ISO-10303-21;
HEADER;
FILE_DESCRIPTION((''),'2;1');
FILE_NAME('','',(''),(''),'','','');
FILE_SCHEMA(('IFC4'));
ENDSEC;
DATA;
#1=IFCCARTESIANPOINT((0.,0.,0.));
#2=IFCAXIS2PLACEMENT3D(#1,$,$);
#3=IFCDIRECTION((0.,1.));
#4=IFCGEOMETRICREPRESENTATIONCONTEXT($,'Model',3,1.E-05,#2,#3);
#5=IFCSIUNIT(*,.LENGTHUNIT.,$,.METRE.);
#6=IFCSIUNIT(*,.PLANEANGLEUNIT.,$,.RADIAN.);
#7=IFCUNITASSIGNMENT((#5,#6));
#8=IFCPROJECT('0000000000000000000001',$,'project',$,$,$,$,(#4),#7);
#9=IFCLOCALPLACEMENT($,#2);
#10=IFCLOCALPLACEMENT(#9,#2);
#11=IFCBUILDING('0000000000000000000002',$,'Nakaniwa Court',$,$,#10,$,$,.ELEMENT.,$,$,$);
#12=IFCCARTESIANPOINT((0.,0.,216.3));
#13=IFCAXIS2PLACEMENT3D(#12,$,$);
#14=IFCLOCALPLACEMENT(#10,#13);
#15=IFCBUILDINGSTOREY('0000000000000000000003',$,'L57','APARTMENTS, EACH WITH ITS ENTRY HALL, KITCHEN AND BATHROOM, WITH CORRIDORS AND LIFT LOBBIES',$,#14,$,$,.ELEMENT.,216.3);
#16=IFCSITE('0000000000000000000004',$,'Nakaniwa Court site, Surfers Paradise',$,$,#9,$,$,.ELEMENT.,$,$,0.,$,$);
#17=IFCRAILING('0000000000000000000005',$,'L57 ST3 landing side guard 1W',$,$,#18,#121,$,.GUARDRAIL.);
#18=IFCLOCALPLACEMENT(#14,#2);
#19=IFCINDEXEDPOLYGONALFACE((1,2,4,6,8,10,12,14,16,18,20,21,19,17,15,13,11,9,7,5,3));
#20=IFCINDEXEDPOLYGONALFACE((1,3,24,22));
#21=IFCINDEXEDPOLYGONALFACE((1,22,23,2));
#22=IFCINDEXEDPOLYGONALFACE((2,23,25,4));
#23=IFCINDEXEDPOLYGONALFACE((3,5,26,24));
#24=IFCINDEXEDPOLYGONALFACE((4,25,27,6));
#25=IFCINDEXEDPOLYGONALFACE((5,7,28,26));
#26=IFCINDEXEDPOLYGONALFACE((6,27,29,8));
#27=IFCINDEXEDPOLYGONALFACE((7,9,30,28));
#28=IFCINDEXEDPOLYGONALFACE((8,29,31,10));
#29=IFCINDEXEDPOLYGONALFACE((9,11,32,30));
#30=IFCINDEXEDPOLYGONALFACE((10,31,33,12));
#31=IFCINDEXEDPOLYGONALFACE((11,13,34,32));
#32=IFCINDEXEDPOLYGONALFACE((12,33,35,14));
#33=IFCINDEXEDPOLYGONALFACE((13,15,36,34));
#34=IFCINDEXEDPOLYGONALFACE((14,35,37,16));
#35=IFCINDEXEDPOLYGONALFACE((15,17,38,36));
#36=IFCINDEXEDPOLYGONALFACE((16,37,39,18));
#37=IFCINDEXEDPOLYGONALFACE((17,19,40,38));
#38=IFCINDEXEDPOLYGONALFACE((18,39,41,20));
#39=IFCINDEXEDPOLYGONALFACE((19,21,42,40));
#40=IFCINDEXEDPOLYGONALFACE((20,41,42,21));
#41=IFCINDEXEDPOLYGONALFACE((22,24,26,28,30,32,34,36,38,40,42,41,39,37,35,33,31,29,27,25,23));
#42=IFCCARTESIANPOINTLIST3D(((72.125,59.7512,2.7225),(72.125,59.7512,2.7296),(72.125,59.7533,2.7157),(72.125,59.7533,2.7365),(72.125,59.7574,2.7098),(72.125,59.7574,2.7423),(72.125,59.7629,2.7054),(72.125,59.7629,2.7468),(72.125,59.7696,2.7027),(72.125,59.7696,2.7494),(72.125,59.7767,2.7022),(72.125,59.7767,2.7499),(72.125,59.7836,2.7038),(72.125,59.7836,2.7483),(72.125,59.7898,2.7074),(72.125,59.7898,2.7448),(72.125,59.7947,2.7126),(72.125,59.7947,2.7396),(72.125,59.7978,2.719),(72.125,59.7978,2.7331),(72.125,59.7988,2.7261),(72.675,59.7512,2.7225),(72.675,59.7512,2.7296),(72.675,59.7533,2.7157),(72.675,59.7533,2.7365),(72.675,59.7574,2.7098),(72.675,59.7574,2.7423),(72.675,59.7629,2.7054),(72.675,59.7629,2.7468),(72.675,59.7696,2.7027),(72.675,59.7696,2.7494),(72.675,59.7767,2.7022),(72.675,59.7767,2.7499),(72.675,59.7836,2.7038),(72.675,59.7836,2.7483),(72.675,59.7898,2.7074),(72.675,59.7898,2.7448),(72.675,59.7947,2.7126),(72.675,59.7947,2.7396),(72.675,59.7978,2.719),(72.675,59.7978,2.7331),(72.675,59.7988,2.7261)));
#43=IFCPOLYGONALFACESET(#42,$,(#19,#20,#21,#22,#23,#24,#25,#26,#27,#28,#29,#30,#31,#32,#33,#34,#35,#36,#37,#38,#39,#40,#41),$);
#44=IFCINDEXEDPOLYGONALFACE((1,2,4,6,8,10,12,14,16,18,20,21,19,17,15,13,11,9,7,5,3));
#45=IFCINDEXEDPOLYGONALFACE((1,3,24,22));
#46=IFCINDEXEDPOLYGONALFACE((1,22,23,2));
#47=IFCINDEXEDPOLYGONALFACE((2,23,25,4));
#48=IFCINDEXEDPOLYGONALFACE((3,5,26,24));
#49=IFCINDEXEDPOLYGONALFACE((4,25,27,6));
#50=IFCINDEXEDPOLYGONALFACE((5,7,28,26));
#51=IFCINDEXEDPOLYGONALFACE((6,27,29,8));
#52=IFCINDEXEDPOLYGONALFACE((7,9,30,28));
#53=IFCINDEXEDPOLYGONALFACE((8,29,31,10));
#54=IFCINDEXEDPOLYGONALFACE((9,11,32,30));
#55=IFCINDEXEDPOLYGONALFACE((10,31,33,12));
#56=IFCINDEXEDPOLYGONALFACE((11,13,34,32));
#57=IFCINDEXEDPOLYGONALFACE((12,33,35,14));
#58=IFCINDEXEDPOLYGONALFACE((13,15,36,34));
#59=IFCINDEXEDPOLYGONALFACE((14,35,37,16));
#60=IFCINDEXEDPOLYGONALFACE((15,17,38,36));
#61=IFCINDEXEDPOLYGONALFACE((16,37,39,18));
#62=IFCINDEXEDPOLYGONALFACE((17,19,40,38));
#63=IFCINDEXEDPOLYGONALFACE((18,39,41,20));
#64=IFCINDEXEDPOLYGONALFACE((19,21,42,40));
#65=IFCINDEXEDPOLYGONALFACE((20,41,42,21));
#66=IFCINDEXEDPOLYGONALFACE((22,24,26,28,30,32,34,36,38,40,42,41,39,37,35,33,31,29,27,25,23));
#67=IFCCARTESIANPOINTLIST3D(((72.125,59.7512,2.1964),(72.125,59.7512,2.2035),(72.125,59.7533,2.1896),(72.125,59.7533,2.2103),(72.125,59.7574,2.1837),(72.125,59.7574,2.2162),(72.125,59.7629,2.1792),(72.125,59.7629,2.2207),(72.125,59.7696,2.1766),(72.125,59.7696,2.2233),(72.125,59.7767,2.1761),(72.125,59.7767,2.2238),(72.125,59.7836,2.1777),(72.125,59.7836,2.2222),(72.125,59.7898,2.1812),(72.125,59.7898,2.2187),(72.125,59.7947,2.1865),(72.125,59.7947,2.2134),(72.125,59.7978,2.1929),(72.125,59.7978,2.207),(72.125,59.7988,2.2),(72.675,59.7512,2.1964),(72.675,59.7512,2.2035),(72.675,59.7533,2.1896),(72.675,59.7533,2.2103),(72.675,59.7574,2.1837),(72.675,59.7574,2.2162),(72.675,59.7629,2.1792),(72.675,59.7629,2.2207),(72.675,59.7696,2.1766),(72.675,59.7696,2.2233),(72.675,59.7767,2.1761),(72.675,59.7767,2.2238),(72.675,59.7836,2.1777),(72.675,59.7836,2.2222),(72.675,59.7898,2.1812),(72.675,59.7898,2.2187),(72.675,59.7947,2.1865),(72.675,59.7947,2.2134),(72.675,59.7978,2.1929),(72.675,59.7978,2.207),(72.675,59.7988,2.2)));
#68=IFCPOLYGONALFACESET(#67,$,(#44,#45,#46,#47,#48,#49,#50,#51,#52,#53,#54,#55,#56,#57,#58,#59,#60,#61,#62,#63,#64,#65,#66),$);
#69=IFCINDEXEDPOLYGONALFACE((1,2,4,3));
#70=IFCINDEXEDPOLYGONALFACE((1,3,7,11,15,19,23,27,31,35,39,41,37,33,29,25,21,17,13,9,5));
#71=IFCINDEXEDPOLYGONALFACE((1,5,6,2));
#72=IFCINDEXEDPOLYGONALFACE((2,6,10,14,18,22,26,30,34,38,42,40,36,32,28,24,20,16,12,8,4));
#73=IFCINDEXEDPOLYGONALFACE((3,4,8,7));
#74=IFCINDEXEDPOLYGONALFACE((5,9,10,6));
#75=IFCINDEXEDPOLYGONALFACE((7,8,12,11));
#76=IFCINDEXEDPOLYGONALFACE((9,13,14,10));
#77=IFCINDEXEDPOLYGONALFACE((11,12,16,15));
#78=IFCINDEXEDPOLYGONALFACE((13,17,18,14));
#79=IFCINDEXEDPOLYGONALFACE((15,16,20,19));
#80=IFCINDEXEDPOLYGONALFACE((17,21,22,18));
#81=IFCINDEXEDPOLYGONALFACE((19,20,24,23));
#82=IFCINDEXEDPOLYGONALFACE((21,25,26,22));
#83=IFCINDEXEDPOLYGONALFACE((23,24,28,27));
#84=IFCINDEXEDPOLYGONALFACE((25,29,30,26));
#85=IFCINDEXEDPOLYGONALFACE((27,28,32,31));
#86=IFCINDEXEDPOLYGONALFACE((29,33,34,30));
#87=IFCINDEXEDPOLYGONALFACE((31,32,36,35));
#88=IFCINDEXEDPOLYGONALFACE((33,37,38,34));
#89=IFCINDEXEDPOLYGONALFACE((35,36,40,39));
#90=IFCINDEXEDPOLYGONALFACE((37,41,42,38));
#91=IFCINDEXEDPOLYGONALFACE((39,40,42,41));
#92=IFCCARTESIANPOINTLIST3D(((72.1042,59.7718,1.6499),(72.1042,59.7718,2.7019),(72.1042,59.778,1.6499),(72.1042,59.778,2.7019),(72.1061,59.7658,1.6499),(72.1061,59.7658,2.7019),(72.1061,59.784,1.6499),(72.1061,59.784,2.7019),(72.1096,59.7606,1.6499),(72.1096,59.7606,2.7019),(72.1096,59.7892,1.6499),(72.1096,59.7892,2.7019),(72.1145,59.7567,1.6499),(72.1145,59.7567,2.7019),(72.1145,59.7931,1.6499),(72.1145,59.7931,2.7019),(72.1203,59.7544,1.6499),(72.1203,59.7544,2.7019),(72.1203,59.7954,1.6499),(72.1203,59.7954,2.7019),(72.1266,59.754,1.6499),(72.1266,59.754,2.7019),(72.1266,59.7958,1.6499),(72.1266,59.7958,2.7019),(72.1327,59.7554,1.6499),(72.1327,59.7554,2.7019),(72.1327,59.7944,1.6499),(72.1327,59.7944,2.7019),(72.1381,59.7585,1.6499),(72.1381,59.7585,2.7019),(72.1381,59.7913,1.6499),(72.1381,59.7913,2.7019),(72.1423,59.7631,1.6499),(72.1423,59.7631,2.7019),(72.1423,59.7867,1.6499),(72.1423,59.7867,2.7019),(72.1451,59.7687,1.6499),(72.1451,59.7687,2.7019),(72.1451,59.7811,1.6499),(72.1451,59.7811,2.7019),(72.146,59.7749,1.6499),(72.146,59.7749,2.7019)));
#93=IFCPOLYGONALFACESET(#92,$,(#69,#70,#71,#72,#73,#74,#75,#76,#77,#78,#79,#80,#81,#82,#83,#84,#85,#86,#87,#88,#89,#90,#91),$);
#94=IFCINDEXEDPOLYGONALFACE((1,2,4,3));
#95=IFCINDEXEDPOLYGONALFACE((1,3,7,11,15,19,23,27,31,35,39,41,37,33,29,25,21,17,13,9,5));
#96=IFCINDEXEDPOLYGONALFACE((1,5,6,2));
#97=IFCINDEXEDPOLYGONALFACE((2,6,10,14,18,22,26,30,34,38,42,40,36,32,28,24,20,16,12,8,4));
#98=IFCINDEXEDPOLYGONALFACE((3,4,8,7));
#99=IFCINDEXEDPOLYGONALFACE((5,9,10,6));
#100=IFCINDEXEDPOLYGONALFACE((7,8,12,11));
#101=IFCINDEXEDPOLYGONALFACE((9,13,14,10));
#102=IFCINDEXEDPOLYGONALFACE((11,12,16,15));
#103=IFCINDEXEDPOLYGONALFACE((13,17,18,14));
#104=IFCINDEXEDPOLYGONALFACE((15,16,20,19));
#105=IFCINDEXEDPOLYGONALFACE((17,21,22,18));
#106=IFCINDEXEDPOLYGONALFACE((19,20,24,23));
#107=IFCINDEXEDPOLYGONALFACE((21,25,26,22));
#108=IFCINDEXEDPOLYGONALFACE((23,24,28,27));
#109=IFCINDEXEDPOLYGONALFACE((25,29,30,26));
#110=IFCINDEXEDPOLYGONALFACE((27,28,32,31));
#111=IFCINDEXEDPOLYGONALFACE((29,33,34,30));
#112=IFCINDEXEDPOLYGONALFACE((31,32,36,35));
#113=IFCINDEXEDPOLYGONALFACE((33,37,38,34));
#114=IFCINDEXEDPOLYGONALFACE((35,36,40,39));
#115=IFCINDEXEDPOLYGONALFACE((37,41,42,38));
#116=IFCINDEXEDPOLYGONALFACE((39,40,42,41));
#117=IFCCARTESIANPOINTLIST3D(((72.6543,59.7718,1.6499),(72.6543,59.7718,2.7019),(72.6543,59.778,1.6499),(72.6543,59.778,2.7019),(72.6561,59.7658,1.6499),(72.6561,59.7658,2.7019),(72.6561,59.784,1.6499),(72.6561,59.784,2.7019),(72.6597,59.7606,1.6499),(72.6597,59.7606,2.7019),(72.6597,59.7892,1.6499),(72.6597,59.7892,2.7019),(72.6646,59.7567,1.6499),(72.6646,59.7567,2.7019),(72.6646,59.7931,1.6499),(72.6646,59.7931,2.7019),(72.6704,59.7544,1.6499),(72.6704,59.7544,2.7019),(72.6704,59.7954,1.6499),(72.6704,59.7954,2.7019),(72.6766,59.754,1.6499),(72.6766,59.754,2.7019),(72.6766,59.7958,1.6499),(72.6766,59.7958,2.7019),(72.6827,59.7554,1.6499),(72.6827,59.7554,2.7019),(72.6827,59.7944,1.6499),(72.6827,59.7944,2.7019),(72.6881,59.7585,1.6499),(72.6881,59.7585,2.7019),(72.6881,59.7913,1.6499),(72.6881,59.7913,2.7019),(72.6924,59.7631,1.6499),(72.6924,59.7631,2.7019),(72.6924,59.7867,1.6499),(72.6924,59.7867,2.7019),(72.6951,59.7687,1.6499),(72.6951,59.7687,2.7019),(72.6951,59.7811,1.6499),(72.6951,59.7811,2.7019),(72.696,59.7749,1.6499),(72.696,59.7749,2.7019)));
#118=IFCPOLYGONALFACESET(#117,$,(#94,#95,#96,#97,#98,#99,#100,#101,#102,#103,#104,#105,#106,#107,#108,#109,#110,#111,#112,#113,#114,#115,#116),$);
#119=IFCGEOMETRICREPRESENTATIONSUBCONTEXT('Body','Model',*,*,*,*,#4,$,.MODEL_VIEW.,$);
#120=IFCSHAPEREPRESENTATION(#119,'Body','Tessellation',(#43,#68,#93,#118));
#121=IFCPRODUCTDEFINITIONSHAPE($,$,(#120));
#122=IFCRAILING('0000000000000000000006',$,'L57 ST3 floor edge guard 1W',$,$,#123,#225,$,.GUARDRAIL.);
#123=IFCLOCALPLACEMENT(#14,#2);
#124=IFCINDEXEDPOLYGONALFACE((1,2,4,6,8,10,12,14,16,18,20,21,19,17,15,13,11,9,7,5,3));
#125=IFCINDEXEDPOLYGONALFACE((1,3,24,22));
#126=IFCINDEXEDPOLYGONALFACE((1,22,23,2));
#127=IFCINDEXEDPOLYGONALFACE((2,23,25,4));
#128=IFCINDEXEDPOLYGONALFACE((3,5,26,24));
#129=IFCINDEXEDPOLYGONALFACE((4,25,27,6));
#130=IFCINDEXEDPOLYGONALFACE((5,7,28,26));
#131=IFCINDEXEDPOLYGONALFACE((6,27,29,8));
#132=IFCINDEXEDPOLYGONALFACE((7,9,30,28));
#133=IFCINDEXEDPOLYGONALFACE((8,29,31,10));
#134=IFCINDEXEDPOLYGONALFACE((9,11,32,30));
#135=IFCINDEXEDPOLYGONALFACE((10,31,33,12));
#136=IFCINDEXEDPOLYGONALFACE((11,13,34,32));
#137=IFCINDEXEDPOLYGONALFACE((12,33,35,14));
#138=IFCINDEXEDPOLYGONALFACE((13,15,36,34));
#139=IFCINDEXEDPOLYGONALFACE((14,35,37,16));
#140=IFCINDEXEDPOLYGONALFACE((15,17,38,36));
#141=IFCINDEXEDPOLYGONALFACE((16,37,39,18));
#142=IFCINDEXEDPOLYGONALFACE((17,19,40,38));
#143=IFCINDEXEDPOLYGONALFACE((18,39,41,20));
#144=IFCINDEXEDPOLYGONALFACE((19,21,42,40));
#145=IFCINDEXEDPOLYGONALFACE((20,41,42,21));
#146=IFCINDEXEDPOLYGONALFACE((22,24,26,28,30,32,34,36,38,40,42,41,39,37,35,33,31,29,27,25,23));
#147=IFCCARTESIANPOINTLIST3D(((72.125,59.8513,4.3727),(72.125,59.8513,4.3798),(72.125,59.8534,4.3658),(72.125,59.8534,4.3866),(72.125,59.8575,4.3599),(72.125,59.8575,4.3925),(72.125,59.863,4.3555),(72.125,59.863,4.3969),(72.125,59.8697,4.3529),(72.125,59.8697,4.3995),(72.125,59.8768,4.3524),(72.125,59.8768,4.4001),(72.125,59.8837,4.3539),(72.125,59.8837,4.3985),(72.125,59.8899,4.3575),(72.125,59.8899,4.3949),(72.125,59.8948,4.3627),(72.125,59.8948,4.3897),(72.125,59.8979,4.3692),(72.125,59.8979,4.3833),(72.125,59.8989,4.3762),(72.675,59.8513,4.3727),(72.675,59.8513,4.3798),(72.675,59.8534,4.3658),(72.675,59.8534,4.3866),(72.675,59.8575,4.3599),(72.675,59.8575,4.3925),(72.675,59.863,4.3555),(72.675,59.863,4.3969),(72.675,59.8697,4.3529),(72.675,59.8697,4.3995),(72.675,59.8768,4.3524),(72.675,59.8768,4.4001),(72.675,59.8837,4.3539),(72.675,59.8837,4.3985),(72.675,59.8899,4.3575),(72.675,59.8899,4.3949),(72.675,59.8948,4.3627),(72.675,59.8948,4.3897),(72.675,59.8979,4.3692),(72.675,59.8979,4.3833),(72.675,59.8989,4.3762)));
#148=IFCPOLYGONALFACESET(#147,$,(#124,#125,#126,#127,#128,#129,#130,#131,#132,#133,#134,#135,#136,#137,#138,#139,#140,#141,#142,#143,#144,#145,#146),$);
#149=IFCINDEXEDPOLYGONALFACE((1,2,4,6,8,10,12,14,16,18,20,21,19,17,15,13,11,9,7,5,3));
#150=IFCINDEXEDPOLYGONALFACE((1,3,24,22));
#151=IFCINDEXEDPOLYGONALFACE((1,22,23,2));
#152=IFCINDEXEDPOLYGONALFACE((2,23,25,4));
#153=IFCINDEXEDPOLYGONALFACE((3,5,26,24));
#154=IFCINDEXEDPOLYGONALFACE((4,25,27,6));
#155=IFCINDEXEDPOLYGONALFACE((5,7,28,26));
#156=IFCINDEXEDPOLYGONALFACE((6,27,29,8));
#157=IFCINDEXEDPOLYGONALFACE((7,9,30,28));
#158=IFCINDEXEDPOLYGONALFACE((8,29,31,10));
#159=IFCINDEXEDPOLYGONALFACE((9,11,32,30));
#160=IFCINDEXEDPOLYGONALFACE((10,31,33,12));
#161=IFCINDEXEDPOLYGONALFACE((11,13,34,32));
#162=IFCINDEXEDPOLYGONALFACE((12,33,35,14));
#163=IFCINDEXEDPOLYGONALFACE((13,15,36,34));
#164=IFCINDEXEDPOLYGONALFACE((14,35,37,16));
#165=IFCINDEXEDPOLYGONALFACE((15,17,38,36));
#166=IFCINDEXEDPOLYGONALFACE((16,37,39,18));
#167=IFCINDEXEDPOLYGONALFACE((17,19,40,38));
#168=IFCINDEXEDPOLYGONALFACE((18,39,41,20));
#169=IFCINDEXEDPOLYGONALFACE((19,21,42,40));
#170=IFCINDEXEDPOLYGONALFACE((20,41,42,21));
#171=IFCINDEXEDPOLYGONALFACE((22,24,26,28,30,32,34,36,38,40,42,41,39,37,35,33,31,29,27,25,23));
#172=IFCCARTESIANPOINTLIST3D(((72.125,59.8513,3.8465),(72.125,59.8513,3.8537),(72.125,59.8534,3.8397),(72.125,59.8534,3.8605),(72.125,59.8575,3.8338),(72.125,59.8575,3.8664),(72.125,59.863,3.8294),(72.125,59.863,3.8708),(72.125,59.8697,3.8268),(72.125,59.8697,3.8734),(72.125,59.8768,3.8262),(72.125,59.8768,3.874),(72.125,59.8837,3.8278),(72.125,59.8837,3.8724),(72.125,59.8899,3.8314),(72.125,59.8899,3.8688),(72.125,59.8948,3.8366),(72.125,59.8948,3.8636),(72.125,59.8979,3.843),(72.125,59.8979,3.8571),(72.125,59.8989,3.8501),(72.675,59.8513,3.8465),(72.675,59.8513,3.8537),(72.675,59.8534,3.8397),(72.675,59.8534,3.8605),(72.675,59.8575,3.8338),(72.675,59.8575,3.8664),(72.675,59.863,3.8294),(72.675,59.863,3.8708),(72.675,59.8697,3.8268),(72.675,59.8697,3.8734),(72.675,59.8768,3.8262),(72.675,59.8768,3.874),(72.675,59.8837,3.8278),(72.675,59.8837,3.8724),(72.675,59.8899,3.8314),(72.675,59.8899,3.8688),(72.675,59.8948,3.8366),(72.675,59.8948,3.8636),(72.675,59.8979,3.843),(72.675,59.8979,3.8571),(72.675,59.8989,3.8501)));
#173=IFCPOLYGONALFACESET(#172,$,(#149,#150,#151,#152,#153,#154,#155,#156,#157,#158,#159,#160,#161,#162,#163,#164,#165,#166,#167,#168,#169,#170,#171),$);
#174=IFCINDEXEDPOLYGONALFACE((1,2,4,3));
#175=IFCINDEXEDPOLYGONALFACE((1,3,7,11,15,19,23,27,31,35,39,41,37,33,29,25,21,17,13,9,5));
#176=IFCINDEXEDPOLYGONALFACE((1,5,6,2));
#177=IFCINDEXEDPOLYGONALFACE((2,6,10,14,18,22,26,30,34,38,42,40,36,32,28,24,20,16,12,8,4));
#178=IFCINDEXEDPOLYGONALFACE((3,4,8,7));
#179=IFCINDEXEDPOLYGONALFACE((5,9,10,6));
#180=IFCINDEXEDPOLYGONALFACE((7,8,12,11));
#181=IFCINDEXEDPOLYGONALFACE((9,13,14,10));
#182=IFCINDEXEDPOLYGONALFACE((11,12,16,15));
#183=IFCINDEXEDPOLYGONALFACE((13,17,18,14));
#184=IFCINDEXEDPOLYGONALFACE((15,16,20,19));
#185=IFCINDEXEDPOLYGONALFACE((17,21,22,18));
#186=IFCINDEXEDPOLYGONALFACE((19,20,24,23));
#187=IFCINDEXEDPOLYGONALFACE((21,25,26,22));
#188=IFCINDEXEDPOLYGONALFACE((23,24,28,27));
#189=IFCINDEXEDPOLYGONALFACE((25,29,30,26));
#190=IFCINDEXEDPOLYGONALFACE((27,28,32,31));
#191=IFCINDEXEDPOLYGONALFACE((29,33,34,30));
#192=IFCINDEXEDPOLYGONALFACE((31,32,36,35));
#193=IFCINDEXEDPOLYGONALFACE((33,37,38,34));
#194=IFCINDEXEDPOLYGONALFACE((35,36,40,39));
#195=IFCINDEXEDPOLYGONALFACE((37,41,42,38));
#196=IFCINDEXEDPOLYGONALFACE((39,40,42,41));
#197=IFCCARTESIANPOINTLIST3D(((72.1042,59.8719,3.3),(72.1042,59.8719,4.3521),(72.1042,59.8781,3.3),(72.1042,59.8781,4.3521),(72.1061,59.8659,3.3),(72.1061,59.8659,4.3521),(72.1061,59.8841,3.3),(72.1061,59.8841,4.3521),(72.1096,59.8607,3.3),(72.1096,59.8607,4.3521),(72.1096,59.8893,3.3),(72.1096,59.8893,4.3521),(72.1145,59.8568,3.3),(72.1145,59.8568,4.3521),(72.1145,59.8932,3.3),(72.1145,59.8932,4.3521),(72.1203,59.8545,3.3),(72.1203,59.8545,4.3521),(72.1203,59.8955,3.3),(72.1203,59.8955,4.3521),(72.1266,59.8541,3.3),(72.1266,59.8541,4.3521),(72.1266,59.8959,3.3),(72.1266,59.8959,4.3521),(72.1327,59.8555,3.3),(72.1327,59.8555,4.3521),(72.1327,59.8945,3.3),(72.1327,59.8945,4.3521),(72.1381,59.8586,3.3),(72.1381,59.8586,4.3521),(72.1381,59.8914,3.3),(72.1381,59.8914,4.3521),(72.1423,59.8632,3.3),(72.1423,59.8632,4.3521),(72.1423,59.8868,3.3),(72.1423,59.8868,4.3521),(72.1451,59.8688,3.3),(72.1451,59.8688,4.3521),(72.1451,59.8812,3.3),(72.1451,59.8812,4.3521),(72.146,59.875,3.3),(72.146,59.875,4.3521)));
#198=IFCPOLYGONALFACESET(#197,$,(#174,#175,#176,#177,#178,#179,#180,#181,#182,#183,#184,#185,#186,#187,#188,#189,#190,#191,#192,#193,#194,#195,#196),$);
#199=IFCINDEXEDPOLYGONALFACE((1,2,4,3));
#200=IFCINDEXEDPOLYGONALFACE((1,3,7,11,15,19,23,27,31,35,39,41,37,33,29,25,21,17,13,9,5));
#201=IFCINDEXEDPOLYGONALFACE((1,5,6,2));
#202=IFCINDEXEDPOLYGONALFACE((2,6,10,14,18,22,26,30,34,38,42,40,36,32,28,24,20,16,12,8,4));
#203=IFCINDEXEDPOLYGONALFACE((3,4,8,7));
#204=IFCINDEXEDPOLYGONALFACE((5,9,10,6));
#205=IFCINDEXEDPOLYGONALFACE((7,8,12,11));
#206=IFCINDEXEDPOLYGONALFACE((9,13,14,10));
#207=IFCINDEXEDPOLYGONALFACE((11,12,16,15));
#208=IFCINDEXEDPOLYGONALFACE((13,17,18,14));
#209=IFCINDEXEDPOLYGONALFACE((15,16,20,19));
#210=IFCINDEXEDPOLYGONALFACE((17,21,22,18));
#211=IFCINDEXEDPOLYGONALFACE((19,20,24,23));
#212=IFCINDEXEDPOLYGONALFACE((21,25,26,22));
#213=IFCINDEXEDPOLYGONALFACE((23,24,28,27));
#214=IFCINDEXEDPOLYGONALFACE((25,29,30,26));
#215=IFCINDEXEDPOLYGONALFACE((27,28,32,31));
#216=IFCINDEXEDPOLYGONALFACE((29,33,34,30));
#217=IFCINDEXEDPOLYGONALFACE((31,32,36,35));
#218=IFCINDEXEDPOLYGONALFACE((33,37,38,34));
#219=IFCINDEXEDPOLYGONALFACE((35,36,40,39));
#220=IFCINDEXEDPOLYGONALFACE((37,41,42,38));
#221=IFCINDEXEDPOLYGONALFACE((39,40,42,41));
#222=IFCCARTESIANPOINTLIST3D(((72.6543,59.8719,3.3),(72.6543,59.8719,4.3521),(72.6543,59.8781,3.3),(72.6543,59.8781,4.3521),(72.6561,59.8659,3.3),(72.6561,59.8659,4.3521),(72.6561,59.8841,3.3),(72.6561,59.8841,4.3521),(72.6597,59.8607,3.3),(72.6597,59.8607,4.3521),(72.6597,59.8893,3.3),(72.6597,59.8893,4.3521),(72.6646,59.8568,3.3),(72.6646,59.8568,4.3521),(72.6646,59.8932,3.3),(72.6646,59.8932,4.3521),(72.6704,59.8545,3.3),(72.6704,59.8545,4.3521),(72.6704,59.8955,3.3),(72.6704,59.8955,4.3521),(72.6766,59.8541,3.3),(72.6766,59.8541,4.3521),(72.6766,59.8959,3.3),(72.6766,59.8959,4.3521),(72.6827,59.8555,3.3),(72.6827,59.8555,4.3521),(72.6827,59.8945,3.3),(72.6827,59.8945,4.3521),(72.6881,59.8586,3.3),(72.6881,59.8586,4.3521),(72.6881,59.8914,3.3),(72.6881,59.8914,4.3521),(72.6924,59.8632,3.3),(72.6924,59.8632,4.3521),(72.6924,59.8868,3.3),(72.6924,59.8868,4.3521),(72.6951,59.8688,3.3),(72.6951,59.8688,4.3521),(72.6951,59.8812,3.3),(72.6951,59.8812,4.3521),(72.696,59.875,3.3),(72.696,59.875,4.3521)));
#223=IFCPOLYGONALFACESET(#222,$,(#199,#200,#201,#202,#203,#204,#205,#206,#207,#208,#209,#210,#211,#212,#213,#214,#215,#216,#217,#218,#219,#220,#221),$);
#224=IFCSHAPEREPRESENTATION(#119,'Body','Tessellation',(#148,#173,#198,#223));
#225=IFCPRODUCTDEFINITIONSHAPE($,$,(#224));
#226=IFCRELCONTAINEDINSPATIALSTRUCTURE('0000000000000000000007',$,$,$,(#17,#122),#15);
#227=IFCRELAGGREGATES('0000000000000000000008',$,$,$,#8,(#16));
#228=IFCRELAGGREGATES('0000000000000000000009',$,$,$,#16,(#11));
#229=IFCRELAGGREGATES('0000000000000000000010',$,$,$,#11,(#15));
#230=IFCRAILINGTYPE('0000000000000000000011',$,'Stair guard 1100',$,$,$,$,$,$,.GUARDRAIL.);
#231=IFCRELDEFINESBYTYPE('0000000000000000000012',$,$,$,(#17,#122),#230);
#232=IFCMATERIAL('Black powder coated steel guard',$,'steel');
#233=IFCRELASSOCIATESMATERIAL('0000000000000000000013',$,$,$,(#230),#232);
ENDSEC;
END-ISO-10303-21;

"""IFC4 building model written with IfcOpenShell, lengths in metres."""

from ifc_helpers import new_model, si_unit, direction, frame, origin, origin_2d, place, context, subcontext, project, spatial, circle, extrude, material, type_object, element, save


model = new_model("IFC4")

# Units and contexts
model_context = context("Model", 3, precision=1e-05, world=origin(), true_north=direction((0.0, 1.0)))
body_context = subcontext(model_context, "Body", "Model", "MODEL_VIEW")
ifc_project = project(units=[si_unit("LENGTHUNIT", "METRE"), si_unit("PLANEANGLEUNIT", "RADIAN")], contexts=[model_context])

# Site, building, storey
site_placement = place(None, origin())
site = spatial("IfcSite", under=ifc_project, at=site_placement, Name="Nakaniwa Court site, Surfers Paradise", CompositionType="ELEMENT", RefElevation=0.0)
building_placement = place(site_placement, origin())
building = spatial("IfcBuilding", under=site, at=building_placement, Name="Nakaniwa Court", CompositionType="ELEMENT")
storey_placement = place(building_placement, frame((0.0, 0.0, 216.3)))
storey = spatial("IfcBuildingStorey", under=building, at=storey_placement, Name="L57", Description="APARTMENTS, EACH WITH ITS ENTRY HALL, KITCHEN AND BATHROOM, WITH CORRIDORS AND LIFT LOBBIES", CompositionType="ELEMENT", Elevation=216.3)

# Railings
ifc_material_1 = material(Name="Black powder coated steel guard", Category="steel")
railing_type_1 = type_object("IfcRailingType", Name="Stair guard 1100", PredefinedType="GUARDRAIL", material=ifc_material_1)
for number, where, name in (
    (1, (72.125, 59.7749, 1.6499), "L57 ST3 landing side guard 1W"),
    (2, (72.125, 59.875, 3.3), "L57 ST3 floor edge guard 1W"),
):
    element("IfcRailing", number, at=place(storey_placement, frame(where)), inside=storey, type_object=railing_type_1, Name=name, PredefinedType="GUARDRAIL", context=body_context, shape_type="SweptSolid", body=[
        extrude(circle(Radius=0.0239, at=origin_2d()), frame((0.0, 0.0, 1.0762), z_axis=(1.0, 0.0, 0.0), x_axis=(0.0, 1.0, 0.0)), (0.0, 0.0, 1.0), 0.55),
        extrude(circle(Radius=0.0239, at=origin_2d()), frame((0.0, 0.0, 0.55), z_axis=(1.0, 0.0, 0.0), x_axis=(0.0, 1.0, 0.0)), (0.0, 0.0, 1.0), 0.55),
        extrude(circle(Radius=0.021, at=origin_2d()), origin(), (0.0, 0.0, 1.0), 1.052),
        extrude(circle(Radius=0.021, at=origin_2d()), frame((0.55, 0.0, 0.0)), (0.0, 0.0, 1.0), 1.052),
    ])

save(model, "model.ifc")
